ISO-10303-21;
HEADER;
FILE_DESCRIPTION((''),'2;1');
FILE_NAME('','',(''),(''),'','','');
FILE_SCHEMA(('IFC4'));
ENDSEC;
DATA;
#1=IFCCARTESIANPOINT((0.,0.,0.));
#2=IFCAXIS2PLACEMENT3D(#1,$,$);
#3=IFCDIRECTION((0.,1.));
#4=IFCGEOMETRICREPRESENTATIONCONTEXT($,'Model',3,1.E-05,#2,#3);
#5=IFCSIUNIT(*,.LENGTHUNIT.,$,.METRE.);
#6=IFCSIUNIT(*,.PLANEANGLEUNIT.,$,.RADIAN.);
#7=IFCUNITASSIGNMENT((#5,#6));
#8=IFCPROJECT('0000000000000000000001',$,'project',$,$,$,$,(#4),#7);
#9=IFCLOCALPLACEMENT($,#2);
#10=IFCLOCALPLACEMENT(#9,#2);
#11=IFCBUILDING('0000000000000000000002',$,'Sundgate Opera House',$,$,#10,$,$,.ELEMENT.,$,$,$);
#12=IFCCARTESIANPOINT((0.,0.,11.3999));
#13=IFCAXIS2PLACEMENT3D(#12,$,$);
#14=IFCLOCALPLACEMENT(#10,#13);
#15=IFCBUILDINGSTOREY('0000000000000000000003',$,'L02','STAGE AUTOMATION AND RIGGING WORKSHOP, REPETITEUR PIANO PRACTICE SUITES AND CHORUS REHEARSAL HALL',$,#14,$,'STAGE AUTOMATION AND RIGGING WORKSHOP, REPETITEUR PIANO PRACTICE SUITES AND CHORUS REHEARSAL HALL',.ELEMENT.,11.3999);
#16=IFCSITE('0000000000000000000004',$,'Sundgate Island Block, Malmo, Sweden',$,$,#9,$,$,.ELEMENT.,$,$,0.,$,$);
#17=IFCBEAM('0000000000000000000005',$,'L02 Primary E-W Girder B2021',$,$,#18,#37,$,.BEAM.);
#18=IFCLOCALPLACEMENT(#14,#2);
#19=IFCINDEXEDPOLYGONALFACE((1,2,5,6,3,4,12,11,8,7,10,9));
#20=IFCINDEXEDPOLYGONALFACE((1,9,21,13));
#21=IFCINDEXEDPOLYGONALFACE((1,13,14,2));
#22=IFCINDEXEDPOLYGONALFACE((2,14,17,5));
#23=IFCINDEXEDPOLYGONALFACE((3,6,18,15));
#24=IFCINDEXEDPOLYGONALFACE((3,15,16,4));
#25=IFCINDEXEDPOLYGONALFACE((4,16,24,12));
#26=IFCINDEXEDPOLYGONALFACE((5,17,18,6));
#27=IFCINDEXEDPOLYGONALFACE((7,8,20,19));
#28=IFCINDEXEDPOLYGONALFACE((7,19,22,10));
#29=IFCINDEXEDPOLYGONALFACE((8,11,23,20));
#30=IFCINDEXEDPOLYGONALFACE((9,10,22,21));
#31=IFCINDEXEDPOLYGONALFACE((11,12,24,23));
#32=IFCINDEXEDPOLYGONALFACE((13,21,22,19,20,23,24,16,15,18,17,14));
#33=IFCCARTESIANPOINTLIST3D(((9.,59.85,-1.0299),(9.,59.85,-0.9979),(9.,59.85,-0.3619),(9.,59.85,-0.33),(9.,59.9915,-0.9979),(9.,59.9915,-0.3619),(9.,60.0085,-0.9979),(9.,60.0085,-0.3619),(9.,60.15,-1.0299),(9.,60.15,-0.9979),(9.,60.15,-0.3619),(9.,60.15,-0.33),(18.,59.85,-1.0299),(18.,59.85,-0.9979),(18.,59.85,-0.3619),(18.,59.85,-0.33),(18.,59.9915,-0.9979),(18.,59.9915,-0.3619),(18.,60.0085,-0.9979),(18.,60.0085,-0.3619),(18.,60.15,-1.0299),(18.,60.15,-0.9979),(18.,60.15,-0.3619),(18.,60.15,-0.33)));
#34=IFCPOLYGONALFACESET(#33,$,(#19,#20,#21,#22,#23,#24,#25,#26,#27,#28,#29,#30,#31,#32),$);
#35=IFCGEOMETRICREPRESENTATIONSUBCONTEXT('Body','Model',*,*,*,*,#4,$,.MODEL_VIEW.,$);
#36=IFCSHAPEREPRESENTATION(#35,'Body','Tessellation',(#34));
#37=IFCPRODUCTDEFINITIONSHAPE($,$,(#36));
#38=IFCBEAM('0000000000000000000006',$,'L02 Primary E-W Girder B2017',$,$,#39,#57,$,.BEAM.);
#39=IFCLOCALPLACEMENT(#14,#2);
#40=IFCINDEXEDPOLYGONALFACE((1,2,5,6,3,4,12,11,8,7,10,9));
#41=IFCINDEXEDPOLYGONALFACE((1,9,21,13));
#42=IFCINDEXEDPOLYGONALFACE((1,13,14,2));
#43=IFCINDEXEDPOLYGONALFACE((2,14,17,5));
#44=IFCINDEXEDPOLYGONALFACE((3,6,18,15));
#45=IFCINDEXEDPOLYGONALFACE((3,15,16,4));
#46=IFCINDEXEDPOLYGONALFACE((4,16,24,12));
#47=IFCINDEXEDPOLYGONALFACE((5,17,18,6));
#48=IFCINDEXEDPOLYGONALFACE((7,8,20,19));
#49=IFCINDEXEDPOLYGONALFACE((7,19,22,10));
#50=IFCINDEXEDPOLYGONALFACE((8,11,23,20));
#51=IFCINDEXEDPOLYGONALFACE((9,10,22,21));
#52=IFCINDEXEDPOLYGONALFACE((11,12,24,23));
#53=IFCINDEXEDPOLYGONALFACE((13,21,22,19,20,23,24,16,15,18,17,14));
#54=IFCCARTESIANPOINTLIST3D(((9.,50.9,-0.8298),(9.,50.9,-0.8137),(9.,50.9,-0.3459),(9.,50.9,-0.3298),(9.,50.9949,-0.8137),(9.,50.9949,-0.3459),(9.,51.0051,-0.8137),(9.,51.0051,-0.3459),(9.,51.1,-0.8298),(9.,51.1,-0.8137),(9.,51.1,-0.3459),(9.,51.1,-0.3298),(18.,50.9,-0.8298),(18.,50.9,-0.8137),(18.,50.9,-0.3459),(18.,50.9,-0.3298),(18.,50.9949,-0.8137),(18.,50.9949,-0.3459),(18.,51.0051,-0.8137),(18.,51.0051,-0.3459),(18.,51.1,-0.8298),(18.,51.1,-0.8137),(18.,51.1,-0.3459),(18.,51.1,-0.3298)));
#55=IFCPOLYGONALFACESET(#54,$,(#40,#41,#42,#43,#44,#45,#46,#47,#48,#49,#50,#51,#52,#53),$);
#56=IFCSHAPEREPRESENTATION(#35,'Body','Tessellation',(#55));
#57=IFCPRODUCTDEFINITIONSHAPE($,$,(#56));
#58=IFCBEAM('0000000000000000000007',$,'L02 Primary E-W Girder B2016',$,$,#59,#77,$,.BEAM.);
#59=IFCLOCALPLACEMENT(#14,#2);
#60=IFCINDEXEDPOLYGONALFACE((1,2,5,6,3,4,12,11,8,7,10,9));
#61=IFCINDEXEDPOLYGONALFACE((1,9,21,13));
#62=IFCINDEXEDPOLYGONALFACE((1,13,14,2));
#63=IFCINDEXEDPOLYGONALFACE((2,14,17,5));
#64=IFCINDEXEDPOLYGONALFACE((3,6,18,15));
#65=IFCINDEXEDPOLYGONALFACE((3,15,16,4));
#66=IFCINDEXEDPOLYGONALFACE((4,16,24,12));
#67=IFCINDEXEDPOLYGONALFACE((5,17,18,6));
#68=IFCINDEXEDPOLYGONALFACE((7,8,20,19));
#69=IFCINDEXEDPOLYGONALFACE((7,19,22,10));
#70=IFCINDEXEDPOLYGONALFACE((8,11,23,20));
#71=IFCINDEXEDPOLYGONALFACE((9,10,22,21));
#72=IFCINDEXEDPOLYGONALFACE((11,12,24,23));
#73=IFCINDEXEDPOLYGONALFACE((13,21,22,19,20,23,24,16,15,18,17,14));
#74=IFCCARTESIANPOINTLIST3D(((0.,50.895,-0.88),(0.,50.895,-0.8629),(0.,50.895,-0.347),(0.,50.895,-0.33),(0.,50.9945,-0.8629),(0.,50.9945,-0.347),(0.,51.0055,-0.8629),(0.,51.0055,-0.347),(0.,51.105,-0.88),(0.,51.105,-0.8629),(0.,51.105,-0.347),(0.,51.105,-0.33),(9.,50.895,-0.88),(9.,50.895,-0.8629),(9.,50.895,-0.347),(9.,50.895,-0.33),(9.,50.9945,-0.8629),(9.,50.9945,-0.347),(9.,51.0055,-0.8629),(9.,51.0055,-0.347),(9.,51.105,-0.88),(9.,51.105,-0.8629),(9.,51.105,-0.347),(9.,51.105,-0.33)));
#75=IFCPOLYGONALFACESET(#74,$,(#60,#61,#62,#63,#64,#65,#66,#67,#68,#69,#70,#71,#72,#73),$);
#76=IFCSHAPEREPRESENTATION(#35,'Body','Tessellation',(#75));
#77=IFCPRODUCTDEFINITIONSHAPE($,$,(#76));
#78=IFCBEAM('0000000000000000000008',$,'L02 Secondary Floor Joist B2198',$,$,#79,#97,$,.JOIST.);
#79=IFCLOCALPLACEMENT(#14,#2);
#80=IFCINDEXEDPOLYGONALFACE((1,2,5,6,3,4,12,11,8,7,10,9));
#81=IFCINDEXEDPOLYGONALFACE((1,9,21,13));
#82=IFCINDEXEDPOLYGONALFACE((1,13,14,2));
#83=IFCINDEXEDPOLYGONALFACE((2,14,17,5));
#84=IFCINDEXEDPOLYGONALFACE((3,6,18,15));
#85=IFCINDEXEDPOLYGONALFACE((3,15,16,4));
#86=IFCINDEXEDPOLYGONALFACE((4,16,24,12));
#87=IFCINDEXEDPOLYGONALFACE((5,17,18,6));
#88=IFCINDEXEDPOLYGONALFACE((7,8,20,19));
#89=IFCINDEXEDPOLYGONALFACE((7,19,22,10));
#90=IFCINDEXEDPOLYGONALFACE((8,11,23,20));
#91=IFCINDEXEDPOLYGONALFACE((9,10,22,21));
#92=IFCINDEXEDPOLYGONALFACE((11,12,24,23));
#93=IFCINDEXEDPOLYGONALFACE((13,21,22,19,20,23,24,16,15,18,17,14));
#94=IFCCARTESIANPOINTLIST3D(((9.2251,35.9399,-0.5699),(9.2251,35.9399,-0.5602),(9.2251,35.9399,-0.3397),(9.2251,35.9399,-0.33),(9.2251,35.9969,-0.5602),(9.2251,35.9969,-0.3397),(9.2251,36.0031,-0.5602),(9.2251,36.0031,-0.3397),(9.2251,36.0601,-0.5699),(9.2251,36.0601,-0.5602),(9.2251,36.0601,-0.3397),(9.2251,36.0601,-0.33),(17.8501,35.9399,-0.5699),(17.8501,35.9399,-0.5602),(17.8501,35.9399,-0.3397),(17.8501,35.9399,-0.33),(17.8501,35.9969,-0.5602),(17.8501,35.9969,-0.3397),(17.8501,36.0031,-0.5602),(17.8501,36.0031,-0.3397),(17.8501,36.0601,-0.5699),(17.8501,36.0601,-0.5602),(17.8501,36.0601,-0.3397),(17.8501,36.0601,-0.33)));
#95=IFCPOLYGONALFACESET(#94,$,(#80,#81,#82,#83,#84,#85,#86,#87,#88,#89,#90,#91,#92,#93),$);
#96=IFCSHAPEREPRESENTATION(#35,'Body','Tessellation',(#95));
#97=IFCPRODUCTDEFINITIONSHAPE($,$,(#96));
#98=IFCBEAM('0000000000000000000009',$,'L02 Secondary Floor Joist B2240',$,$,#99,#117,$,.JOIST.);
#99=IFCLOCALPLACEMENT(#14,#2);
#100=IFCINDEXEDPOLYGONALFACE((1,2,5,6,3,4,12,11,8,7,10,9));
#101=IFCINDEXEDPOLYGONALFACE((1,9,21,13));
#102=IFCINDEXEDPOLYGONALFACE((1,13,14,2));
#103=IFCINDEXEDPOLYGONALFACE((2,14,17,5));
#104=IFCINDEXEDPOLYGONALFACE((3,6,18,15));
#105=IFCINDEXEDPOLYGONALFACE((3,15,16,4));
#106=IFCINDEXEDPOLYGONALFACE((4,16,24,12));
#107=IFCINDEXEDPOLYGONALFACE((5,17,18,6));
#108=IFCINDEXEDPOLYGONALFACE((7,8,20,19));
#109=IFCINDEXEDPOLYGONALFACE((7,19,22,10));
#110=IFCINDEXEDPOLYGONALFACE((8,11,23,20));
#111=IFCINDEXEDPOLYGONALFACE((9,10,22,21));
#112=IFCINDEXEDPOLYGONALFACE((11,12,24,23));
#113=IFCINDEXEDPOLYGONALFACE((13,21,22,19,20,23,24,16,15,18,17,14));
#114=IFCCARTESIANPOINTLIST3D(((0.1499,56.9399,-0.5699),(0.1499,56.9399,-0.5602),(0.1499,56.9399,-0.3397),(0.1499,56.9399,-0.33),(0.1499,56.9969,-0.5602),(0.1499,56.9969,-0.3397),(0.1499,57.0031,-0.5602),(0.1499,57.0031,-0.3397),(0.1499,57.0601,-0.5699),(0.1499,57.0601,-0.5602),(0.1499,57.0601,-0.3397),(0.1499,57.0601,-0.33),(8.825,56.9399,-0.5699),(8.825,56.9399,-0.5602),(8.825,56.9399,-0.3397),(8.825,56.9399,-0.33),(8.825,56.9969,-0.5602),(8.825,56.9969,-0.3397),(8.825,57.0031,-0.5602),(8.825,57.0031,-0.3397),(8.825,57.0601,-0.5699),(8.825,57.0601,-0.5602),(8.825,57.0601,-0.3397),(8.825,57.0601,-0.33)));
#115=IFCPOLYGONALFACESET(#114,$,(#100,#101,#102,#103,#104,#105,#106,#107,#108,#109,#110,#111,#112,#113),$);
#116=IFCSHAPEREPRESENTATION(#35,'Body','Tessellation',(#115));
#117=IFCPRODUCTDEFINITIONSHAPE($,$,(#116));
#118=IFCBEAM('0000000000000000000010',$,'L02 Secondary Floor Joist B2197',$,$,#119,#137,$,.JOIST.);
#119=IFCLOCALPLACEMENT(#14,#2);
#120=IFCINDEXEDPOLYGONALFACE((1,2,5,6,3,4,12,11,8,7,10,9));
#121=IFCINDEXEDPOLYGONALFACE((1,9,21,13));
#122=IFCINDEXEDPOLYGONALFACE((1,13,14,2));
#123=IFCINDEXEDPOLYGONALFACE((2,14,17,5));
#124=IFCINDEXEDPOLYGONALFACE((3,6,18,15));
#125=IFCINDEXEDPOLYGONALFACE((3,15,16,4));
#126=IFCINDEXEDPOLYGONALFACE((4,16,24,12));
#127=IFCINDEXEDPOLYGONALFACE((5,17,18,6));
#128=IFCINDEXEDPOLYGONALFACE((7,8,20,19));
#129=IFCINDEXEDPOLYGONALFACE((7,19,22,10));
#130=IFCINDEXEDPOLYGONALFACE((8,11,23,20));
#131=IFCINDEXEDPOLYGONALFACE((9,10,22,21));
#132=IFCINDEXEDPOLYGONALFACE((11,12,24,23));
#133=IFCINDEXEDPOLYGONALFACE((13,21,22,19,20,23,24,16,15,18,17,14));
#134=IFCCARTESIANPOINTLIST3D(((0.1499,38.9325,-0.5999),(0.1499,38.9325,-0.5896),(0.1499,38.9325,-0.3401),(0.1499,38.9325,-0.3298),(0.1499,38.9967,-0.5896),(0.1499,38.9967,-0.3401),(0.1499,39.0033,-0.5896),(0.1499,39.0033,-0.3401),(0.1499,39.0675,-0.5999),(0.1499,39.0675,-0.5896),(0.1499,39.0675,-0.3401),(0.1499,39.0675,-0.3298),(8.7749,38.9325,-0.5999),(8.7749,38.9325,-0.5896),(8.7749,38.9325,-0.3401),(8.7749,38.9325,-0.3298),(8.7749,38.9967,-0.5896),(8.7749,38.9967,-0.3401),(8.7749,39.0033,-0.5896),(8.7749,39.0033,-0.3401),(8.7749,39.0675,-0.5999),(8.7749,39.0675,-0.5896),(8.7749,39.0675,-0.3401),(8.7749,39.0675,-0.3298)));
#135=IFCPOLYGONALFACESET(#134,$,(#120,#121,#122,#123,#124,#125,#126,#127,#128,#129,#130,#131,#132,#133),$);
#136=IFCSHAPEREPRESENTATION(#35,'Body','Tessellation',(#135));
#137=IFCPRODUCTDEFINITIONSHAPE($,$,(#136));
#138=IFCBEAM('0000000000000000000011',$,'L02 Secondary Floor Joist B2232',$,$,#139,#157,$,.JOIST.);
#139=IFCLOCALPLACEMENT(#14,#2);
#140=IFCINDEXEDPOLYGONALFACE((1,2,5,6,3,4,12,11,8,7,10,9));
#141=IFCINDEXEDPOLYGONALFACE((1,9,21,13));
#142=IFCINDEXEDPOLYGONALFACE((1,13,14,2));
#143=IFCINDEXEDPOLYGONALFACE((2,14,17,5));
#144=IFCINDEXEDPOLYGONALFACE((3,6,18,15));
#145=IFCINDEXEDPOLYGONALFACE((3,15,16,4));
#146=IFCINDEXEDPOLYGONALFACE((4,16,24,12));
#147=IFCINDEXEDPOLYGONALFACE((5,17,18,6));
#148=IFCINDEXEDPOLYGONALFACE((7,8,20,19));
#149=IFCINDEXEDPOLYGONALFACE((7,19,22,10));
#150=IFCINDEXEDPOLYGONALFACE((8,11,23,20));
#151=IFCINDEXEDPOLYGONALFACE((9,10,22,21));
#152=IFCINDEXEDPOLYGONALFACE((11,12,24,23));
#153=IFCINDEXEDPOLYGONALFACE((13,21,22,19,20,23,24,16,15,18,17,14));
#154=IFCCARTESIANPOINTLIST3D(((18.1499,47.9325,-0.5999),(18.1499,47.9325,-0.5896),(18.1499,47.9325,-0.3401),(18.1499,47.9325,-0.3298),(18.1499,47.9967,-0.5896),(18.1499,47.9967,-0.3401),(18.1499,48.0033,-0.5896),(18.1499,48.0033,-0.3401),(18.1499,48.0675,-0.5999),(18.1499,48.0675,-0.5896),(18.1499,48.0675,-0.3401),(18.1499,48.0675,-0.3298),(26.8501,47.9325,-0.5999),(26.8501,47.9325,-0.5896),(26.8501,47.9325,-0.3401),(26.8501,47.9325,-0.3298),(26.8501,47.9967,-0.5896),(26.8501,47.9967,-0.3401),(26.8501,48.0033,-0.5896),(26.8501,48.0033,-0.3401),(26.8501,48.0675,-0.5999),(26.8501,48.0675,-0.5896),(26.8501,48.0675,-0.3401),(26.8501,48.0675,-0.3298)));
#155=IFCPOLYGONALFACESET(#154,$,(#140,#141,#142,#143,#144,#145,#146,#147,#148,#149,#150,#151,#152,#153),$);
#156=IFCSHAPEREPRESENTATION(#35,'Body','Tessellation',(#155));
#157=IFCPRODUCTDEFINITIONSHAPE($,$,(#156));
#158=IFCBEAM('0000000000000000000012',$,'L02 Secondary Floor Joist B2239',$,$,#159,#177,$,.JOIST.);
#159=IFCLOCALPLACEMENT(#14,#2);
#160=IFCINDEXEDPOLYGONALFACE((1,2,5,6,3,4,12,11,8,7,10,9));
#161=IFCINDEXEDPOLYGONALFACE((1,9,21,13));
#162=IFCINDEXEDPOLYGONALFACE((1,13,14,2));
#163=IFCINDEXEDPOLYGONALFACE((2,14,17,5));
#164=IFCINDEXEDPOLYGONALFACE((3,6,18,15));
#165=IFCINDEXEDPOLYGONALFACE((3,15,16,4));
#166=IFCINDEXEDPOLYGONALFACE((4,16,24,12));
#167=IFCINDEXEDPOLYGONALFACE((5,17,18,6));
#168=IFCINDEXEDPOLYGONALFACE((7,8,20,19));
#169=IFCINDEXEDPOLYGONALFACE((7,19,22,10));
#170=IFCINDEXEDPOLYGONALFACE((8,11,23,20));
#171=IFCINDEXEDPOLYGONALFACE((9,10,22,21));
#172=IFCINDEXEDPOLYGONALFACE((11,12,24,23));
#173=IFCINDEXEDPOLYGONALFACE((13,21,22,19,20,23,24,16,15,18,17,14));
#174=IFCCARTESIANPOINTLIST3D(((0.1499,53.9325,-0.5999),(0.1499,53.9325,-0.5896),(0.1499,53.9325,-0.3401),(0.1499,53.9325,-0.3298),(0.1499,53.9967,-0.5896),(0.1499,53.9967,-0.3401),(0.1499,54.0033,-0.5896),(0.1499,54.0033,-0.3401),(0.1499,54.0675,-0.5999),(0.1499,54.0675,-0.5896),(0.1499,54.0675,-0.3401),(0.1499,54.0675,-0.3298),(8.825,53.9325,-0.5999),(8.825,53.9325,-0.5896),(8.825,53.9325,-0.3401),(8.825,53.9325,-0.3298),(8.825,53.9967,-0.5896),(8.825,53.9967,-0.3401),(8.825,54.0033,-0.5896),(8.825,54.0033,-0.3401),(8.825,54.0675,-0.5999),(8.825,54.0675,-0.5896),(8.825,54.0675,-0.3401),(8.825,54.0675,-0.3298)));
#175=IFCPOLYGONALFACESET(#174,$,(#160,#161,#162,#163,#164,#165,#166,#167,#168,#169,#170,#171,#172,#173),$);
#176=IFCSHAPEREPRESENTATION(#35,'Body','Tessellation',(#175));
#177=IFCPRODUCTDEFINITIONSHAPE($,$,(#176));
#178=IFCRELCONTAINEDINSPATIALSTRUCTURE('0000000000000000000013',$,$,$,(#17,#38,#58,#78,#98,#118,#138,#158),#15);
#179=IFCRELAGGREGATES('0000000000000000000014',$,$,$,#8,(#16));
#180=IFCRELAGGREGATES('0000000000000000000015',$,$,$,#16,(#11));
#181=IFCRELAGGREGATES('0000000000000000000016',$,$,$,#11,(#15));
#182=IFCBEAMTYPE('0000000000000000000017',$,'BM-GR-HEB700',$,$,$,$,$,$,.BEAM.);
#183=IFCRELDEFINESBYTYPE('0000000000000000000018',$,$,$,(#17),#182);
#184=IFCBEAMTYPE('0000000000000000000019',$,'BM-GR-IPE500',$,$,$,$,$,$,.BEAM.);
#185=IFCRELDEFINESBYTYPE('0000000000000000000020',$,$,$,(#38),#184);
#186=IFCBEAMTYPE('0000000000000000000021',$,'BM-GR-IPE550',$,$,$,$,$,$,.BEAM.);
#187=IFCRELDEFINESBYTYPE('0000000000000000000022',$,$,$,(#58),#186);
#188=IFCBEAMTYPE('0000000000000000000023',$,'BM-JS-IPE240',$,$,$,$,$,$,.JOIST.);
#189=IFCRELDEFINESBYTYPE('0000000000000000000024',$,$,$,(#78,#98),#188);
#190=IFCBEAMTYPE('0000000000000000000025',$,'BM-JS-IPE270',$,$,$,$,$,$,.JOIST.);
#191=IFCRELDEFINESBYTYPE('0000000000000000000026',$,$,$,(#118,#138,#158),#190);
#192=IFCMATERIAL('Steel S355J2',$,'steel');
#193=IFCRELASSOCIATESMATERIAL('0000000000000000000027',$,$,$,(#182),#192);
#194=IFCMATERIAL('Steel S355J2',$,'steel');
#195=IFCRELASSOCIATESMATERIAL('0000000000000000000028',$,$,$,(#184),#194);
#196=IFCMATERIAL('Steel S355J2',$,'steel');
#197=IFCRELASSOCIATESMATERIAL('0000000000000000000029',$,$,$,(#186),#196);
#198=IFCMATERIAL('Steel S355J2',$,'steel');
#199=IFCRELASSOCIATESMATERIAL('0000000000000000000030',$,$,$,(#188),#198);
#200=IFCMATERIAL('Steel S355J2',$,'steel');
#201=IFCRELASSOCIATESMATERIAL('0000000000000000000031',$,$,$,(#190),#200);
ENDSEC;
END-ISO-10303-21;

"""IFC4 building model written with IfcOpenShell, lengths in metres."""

from ifc_helpers import new_model, si_unit, direction, frame, origin, origin_2d, place, context, subcontext, project, spatial, i_section, extrude, material, material_profile, profile_set, type_object, element, save


model = new_model("IFC4")

# Units and contexts
model_context = context("Model", 3, precision=1e-05, world=origin(), true_north=direction((0.0, 1.0)))
body_context = subcontext(model_context, "Body", "Model", "MODEL_VIEW")
ifc_project = project(units=[si_unit("LENGTHUNIT", "METRE"), si_unit("PLANEANGLEUNIT", "RADIAN")], contexts=[model_context])

# Site, building, storey
site_placement = place(None, origin())
site = spatial("IfcSite", under=ifc_project, at=site_placement, Name="Sundgate Island Block, Malmo, Sweden", CompositionType="ELEMENT", RefElevation=0.0)
building_placement = place(site_placement, origin())
building = spatial("IfcBuilding", under=site, at=building_placement, Name="Sundgate Opera House", CompositionType="ELEMENT")
storey_placement = place(building_placement, frame((0.0, 0.0, 11.3999)))
storey = spatial("IfcBuildingStorey", under=building, at=storey_placement, Name="L02", Description="STAGE AUTOMATION AND RIGGING WORKSHOP, REPETITEUR PIANO PRACTICE SUITES AND CHORUS REHEARSAL HALL", LongName="STAGE AUTOMATION AND RIGGING WORKSHOP, REPETITEUR PIANO PRACTICE SUITES AND CHORUS REHEARSAL HALL", CompositionType="ELEMENT", Elevation=11.3999)

# Beams
ifc_material_1 = material(Name="Steel S355J2", Category="steel")
ifc_material_profile_1 = material_profile(ifc_material_1, i_section(OverallWidth=0.3, OverallDepth=0.7, WebThickness=0.0171, FlangeThickness=0.032, at=origin_2d()), Name="HEB 700")
ifc_profile_set_1 = profile_set([ifc_material_profile_1], Name="Steel S355J2")
beam_type_1 = type_object("IfcBeamType", Name="BM-GR-HEB700", PredefinedType="BEAM", material=ifc_profile_set_1)
beam_1_placement = place(storey_placement, frame((9.0, 60.0, -0.6799), z_axis=(1.0, 0.0, 0.0), x_axis=(0.0, 1.0, 0.0)))
element("IfcBeam", 1, at=beam_1_placement, inside=storey, type_object=beam_type_1, Name="L02 Primary E-W Girder B2021", PredefinedType="BEAM", context=body_context, shape_type="SweptSolid", body=[
    extrude(i_section(OverallWidth=0.3, OverallDepth=0.7, WebThickness=0.0171, FlangeThickness=0.032, at=origin_2d()), origin(), (0.0, 0.0, 1.0), 9.0),
])
ifc_material_2 = material(Name="Steel S355J2", Category="steel")
ifc_material_profile_2 = material_profile(ifc_material_2, i_section(OverallWidth=0.2, OverallDepth=0.5, WebThickness=0.0103, FlangeThickness=0.0161, at=origin_2d()), Name="IPE 500")
ifc_profile_set_2 = profile_set([ifc_material_profile_2], Name="Steel S355J2")
beam_type_2 = type_object("IfcBeamType", Name="BM-GR-IPE500", PredefinedType="BEAM", material=ifc_profile_set_2)
beam_2_placement = place(storey_placement, frame((9.0, 51.0, -0.5798), z_axis=(1.0, 0.0, 0.0), x_axis=(0.0, 1.0, 0.0)))
element("IfcBeam", 2, at=beam_2_placement, inside=storey, type_object=beam_type_2, Name="L02 Primary E-W Girder B2017", PredefinedType="BEAM", context=body_context, shape_type="SweptSolid", body=[
    extrude(i_section(OverallWidth=0.2, OverallDepth=0.5, WebThickness=0.0103, FlangeThickness=0.0161, at=origin_2d()), origin(), (0.0, 0.0, 1.0), 9.0),
])
ifc_material_3 = material(Name="Steel S355J2", Category="steel")
ifc_material_profile_3 = material_profile(ifc_material_3, i_section(OverallWidth=0.21, OverallDepth=0.55, WebThickness=0.011, FlangeThickness=0.0171, at=origin_2d()), Name="IPE 550")
ifc_profile_set_3 = profile_set([ifc_material_profile_3], Name="Steel S355J2")
beam_type_3 = type_object("IfcBeamType", Name="BM-GR-IPE550", PredefinedType="BEAM", material=ifc_profile_set_3)
beam_3_placement = place(storey_placement, frame((0.0, 51.0, -0.605), z_axis=(1.0, 0.0, 0.0), x_axis=(0.0, 1.0, 0.0)))
element("IfcBeam", 3, at=beam_3_placement, inside=storey, type_object=beam_type_3, Name="L02 Primary E-W Girder B2016", PredefinedType="BEAM", context=body_context, shape_type="SweptSolid", body=[
    extrude(i_section(OverallWidth=0.21, OverallDepth=0.55, WebThickness=0.011, FlangeThickness=0.0171, at=origin_2d()), origin(), (0.0, 0.0, 1.0), 9.0),
])
ifc_material_4 = material(Name="Steel S355J2", Category="steel")
ifc_material_profile_4 = material_profile(ifc_material_4, i_section(OverallWidth=0.1201, OverallDepth=0.24, WebThickness=0.0061, FlangeThickness=0.0098, at=origin_2d()), Name="IPE 240")
ifc_profile_set_4 = profile_set([ifc_material_profile_4], Name="Steel S355J2")
beam_type_4 = type_object("IfcBeamType", Name="BM-JS-IPE240", PredefinedType="JOIST", material=ifc_profile_set_4)
beam_4_placement = place(storey_placement, frame((9.2251, 36.0, -0.45), z_axis=(1.0, 0.0, 0.0), x_axis=(0.0, 1.0, 0.0)))
element("IfcBeam", 4, at=beam_4_placement, inside=storey, type_object=beam_type_4, Name="L02 Secondary Floor Joist B2198", PredefinedType="JOIST", context=body_context, shape_type="SweptSolid", body=[
    extrude(i_section(OverallWidth=0.1201, OverallDepth=0.24, WebThickness=0.0061, FlangeThickness=0.0098, at=origin_2d()), origin(), (0.0, 0.0, 1.0), 8.625),
])
beam_5_placement = place(storey_placement, frame((0.1499, 57.0, -0.45), z_axis=(1.0, 0.0, 0.0), x_axis=(0.0, 1.0, 0.0)))
element("IfcBeam", 5, at=beam_5_placement, inside=storey, type_object=beam_type_4, Name="L02 Secondary Floor Joist B2240", PredefinedType="JOIST", context=body_context, shape_type="SweptSolid", body=[
    extrude(i_section(OverallWidth=0.1201, OverallDepth=0.24, WebThickness=0.0061, FlangeThickness=0.0098, at=origin_2d()), origin(), (0.0, 0.0, 1.0), 8.675),
])
ifc_material_5 = material(Name="Steel S355J2", Category="steel")
ifc_material_profile_5 = material_profile(ifc_material_5, i_section(OverallWidth=0.135, OverallDepth=0.27, WebThickness=0.0066, FlangeThickness=0.0103, at=origin_2d()), Name="IPE 270")
ifc_profile_set_5 = profile_set([ifc_material_profile_5], Name="Steel S355J2")
beam_type_5 = type_object("IfcBeamType", Name="BM-JS-IPE270", PredefinedType="JOIST", material=ifc_profile_set_5)
beam_6_placement = place(storey_placement, frame((0.1499, 39.0, -0.4648), z_axis=(1.0, 0.0, 0.0), x_axis=(0.0, 1.0, 0.0)))
element("IfcBeam", 6, at=beam_6_placement, inside=storey, type_object=beam_type_5, Name="L02 Secondary Floor Joist B2197", PredefinedType="JOIST", context=body_context, shape_type="SweptSolid", body=[
    extrude(i_section(OverallWidth=0.135, OverallDepth=0.27, WebThickness=0.0066, FlangeThickness=0.0103, at=origin_2d()), origin(), (0.0, 0.0, 1.0), 8.625),
])
beam_7_placement = place(storey_placement, frame((18.1499, 48.0, -0.4648), z_axis=(1.0, 0.0, 0.0), x_axis=(0.0, 1.0, 0.0)))
element("IfcBeam", 7, at=beam_7_placement, inside=storey, type_object=beam_type_5, Name="L02 Secondary Floor Joist B2232", PredefinedType="JOIST", context=body_context, shape_type="SweptSolid", body=[
    extrude(i_section(OverallWidth=0.135, OverallDepth=0.27, WebThickness=0.0066, FlangeThickness=0.0103, at=origin_2d()), origin(), (0.0, 0.0, 1.0), 8.7002),
])
beam_8_placement = place(storey_placement, frame((0.1499, 54.0, -0.4648), z_axis=(1.0, 0.0, 0.0), x_axis=(0.0, 1.0, 0.0)))
element("IfcBeam", 8, at=beam_8_placement, inside=storey, type_object=beam_type_5, Name="L02 Secondary Floor Joist B2239", PredefinedType="JOIST", context=body_context, shape_type="SweptSolid", body=[
    extrude(i_section(OverallWidth=0.135, OverallDepth=0.27, WebThickness=0.0066, FlangeThickness=0.0103, at=origin_2d()), origin(), (0.0, 0.0, 1.0), 8.675),
])

save(model, "model.ifc")
